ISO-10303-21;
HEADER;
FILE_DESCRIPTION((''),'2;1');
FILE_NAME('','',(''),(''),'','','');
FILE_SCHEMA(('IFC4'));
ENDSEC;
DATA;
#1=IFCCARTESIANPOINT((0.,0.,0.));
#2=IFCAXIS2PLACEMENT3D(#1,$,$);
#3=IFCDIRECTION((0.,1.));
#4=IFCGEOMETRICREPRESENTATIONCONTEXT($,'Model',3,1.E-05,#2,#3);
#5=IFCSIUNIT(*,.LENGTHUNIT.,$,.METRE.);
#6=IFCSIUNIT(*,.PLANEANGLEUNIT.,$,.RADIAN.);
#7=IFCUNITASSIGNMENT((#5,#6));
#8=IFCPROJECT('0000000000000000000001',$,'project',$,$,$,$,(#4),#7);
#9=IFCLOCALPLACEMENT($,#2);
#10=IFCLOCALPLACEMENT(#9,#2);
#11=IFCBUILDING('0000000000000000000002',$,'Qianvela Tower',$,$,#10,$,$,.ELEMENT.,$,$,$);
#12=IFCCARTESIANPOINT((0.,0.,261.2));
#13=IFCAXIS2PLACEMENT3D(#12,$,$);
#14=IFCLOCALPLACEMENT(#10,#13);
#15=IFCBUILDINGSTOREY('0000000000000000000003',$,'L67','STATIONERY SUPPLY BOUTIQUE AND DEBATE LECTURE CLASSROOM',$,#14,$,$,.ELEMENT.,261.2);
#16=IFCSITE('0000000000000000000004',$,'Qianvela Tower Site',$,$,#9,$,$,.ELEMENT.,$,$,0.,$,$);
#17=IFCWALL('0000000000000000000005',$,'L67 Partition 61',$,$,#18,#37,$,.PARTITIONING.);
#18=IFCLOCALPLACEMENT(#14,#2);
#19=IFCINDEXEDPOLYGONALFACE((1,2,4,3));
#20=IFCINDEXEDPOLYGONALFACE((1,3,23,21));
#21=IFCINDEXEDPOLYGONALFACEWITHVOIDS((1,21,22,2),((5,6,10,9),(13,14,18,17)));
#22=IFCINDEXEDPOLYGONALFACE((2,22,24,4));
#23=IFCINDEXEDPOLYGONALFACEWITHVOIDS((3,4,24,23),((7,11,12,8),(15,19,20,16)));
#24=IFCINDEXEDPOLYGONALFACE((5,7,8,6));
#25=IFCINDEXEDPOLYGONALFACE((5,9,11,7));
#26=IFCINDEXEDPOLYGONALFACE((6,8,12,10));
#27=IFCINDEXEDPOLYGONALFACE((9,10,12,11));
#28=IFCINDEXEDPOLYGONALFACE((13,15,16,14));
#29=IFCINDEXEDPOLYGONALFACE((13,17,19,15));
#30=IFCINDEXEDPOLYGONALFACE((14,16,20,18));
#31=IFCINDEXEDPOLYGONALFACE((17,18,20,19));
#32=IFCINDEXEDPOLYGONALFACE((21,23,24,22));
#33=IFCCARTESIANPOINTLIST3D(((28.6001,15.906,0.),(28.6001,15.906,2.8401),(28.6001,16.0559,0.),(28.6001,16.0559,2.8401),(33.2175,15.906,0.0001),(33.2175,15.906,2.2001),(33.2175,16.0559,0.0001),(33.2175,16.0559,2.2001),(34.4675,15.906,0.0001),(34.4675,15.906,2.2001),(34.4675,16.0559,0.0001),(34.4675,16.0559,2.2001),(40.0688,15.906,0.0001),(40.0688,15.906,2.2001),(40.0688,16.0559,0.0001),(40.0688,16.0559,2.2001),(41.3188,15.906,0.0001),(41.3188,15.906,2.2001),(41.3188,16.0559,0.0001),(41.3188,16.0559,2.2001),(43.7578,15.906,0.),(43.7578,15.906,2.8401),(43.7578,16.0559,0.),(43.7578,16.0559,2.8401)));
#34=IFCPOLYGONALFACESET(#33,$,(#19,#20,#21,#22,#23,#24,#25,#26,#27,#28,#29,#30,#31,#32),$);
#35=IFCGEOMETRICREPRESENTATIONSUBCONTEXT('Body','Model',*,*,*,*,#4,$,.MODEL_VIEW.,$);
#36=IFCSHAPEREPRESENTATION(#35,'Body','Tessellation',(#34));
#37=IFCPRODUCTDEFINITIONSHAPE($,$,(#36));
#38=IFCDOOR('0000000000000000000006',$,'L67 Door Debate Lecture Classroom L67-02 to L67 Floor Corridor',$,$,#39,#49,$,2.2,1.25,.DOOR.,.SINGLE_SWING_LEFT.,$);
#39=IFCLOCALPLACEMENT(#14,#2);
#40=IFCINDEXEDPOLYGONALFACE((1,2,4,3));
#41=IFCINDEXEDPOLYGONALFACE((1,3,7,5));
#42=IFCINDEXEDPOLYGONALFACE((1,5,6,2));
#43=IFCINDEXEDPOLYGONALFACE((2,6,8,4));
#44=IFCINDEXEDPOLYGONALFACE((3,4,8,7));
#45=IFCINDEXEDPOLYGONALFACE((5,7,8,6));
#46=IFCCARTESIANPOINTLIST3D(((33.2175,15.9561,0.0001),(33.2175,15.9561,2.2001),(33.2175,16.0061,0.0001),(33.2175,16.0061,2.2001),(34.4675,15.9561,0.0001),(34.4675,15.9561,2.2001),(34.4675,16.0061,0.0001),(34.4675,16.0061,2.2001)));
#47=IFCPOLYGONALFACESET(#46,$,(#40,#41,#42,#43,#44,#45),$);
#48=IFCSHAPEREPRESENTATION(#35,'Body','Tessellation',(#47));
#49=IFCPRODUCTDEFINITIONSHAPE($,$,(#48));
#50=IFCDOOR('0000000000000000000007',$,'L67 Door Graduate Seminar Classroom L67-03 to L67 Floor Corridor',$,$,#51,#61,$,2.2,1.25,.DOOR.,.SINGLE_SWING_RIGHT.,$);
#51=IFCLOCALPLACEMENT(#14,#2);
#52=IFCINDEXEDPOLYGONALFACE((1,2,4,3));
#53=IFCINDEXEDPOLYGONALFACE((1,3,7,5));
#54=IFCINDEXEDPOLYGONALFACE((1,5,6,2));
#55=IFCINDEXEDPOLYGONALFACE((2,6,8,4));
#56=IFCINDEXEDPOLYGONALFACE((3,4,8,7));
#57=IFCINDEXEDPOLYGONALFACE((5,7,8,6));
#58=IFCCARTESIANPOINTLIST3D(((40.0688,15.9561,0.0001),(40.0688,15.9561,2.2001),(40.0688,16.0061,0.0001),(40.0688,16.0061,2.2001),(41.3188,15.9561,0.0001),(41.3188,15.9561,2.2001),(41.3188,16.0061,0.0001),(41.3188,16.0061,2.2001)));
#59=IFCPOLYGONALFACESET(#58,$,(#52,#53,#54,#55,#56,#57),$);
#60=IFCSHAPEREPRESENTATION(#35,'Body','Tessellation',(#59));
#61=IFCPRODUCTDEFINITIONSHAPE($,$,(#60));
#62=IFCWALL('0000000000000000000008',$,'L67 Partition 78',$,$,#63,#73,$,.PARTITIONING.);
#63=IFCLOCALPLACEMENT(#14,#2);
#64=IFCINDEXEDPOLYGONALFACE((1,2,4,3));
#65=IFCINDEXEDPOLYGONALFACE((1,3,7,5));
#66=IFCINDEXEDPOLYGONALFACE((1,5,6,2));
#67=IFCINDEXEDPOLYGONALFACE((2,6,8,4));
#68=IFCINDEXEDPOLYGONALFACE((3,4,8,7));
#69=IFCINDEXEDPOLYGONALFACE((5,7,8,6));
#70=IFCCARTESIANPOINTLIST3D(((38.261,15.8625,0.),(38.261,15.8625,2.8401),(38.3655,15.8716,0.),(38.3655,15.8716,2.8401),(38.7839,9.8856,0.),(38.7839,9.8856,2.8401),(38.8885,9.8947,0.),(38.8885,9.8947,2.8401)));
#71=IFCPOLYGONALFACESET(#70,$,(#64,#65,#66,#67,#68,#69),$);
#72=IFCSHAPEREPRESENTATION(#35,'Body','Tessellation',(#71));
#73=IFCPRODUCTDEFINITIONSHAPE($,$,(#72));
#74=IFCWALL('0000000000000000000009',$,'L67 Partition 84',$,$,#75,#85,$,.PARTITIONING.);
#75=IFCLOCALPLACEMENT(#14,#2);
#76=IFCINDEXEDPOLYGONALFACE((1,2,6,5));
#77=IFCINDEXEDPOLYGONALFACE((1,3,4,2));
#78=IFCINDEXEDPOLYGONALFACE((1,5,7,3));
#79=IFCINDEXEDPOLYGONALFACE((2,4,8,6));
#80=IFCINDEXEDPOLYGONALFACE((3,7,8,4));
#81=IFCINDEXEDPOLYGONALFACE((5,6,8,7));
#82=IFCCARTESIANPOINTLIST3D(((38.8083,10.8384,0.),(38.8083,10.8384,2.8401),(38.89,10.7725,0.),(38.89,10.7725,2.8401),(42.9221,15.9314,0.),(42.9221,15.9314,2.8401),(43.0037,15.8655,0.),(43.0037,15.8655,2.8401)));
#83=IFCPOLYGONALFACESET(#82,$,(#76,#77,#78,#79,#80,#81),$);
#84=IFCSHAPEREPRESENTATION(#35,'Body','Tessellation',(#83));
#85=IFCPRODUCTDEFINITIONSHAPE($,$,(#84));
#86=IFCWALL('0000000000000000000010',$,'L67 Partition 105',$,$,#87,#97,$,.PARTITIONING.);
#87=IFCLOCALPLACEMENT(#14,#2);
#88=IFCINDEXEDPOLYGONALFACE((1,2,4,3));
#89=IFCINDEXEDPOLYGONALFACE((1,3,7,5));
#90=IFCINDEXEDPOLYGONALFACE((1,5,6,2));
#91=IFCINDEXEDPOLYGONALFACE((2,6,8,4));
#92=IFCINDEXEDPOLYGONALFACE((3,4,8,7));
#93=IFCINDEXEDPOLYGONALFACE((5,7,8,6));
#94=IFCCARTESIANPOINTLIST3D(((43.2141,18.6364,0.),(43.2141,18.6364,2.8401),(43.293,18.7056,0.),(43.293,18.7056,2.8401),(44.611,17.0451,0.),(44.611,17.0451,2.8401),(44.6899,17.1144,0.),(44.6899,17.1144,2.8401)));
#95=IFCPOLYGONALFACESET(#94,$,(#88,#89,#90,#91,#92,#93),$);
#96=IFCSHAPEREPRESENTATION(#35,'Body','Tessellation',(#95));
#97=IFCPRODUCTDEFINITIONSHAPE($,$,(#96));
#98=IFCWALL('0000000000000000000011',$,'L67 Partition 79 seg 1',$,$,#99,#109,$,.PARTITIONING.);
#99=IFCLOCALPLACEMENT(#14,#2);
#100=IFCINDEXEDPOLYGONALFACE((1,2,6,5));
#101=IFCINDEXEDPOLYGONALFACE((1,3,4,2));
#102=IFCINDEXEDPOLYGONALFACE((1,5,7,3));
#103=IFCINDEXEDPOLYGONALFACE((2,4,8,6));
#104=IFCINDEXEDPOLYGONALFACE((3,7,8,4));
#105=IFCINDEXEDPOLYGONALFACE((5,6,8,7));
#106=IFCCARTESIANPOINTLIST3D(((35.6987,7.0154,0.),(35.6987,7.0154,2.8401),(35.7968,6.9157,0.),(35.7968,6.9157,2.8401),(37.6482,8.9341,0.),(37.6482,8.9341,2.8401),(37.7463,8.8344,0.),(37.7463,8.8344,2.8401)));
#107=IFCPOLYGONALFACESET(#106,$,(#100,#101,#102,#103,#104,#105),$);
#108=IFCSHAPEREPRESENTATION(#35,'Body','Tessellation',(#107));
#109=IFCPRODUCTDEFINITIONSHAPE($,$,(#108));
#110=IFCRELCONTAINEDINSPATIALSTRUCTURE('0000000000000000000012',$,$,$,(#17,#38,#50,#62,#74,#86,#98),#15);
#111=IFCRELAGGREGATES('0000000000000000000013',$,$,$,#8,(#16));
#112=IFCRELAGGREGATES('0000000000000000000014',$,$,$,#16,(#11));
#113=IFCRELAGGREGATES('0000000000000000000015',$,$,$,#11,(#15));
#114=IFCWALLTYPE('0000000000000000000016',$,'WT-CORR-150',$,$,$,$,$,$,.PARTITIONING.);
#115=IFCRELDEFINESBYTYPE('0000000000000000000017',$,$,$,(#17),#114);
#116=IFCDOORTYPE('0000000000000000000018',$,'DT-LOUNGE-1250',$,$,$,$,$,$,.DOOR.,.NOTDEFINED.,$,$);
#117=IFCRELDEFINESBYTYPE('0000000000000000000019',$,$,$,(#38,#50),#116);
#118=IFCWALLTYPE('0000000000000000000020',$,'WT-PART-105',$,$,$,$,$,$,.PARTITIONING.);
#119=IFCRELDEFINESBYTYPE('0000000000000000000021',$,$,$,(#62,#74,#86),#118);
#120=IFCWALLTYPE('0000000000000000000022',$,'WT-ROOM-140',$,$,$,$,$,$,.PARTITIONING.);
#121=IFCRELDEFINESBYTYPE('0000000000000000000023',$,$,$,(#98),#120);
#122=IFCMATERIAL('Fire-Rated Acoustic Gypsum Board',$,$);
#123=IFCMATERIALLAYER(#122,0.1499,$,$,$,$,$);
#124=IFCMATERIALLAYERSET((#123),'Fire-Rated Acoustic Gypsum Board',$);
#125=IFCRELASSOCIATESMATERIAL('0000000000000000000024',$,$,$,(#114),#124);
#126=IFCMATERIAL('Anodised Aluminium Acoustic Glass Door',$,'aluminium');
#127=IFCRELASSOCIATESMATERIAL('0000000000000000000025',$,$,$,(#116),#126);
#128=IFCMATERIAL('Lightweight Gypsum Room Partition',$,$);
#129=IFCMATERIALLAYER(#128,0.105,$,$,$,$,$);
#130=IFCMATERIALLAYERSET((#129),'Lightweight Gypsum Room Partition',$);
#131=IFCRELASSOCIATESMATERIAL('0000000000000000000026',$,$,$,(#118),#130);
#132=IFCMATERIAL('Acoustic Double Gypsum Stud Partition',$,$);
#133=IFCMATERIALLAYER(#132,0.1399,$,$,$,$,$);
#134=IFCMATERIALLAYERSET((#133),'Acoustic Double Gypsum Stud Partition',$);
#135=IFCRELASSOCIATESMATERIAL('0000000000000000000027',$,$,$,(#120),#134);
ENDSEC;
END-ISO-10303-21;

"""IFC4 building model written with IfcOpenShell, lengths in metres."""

from ifc_helpers import new_model, si_unit, direction, frame, frame_2d, origin, place, context, subcontext, project, spatial, rectangle, extrude, material, layer, layer_set, type_object, element, fill, save


model = new_model("IFC4")

# Units and contexts
model_context = context("Model", 3, precision=1e-05, world=origin(), true_north=direction((0.0, 1.0)))
body_context = subcontext(model_context, "Body", "Model", "MODEL_VIEW")
ifc_project = project(units=[si_unit("LENGTHUNIT", "METRE"), si_unit("PLANEANGLEUNIT", "RADIAN")], contexts=[model_context])

# Site, building, storey
site_placement = place(None, origin())
site = spatial("IfcSite", under=ifc_project, at=site_placement, Name="Qianvela Tower Site", CompositionType="ELEMENT", RefElevation=0.0)
building_placement = place(site_placement, origin())
building = spatial("IfcBuilding", under=site, at=building_placement, Name="Qianvela Tower", CompositionType="ELEMENT")
storey_placement = place(building_placement, frame((0.0, 0.0, 261.2)))
storey = spatial("IfcBuildingStorey", under=building, at=storey_placement, Name="L67", Description="STATIONERY SUPPLY BOUTIQUE AND DEBATE LECTURE CLASSROOM", CompositionType="ELEMENT", Elevation=261.2)

# Shared definitions
ifc_material_1 = material(Name="Fire-Rated Acoustic Gypsum Board")
ifc_layer_1 = layer(ifc_material_1, 0.1499)
ifc_layer_set_1 = layer_set([ifc_layer_1], Name="Fire-Rated Acoustic Gypsum Board")
wall_type_1 = type_object("IfcWallType", Name="WT-CORR-150", PredefinedType="PARTITIONING", material=ifc_layer_set_1)

# Wall, openings, doors
wall_1_placement = place(storey_placement, frame((43.7578, 15.981, 0.0), z_axis=(0.0, 0.0, 1.0), x_axis=(-1.0, 0.0, 0.0)))
wall_1 = element("IfcWall", 1, at=wall_1_placement, inside=storey, type_object=wall_type_1, Name="L67 Partition 61", PredefinedType="PARTITIONING", context=body_context, shape_type="SweptSolid", body=[
    extrude(rectangle(XDim=15.1577, YDim=0.1499, at=frame_2d((7.5789, 0.0))), origin(), (0.0, 0.0, 1.0), 2.8401),
])
opening_1_placement = place(wall_1_placement, frame((9.2903, 0.0, 0.0)))
opening_1 = element("IfcOpeningElement", 2, at=opening_1_placement, cuts=wall_1, PredefinedType="OPENING", context=body_context, shape_type="SweptSolid", body=[
    extrude(rectangle(XDim=1.25, YDim=2.2, at=frame_2d((0.625, 1.1001))), frame((0.0, 0.085, 0.0), z_axis=(0.0, -1.0, 0.0), x_axis=(1.0, 0.0, 0.0)), (0.0, 0.0, 1.0), 0.1699),
])
opening_2_placement = place(wall_1_placement, frame((2.439, 0.0, 0.0)))
opening_2 = element("IfcOpeningElement", 3, at=opening_2_placement, cuts=wall_1, PredefinedType="OPENING", context=body_context, shape_type="SweptSolid", body=[
    extrude(rectangle(XDim=1.25, YDim=2.2, at=frame_2d((0.625, 1.1001))), frame((0.0, 0.085, 0.0), z_axis=(0.0, -1.0, 0.0), x_axis=(1.0, 0.0, 0.0)), (0.0, 0.0, 1.0), 0.1699),
])
ifc_material_2 = material(Name="Anodised Aluminium Acoustic Glass Door", Category="aluminium")
door_type_1 = type_object("IfcDoorType", Name="DT-LOUNGE-1250", OperationType="NOTDEFINED", PredefinedType="DOOR", material=ifc_material_2)
door_1_placement = place(opening_1_placement, origin())
door_1 = element("IfcDoor", 4, at=door_1_placement, inside=storey, type_object=door_type_1, Name="L67 Door Debate Lecture Classroom L67-02 to L67 Floor Corridor", OperationType="SINGLE_SWING_LEFT", OverallHeight=2.2, OverallWidth=1.25, PredefinedType="DOOR", context=body_context, shape_type="SweptSolid", body=[
    extrude(rectangle(XDim=1.25, YDim=2.2, at=frame_2d((0.625, 1.1001))), frame((0.0, 0.0249, 0.0), z_axis=(0.0, -1.0, 0.0), x_axis=(1.0, 0.0, 0.0)), (0.0, 0.0, 1.0), 0.05),
])
fill(opening_1, door_1)
door_2_placement = place(opening_2_placement, origin())
door_2 = element("IfcDoor", 5, at=door_2_placement, inside=storey, type_object=door_type_1, Name="L67 Door Graduate Seminar Classroom L67-03 to L67 Floor Corridor", OperationType="SINGLE_SWING_RIGHT", OverallHeight=2.2, OverallWidth=1.25, PredefinedType="DOOR", context=body_context, shape_type="SweptSolid", body=[
    extrude(rectangle(XDim=1.25, YDim=2.2, at=frame_2d((0.625, 1.1001))), frame((0.0, 0.0249, 0.0), z_axis=(0.0, -1.0, 0.0), x_axis=(1.0, 0.0, 0.0)), (0.0, 0.0, 1.0), 0.05),
])
fill(opening_2, door_2)

# Walls
ifc_material_3 = material(Name="Lightweight Gypsum Room Partition")
ifc_layer_2 = layer(ifc_material_3, 0.105)
ifc_layer_set_2 = layer_set([ifc_layer_2], Name="Lightweight Gypsum Room Partition")
wall_type_2 = type_object("IfcWallType", Name="WT-PART-105", PredefinedType="PARTITIONING", material=ifc_layer_set_2)
wall_2_placement = place(storey_placement, frame((38.3132, 15.8672, 0.0), z_axis=(0.0, 0.0, 1.0), x_axis=(0.087163, -0.996194, 0.0)))
element("IfcWall", 6, at=wall_2_placement, inside=storey, type_object=wall_type_2, Name="L67 Partition 78", PredefinedType="PARTITIONING", context=body_context, shape_type="SweptSolid", body=[
    extrude(rectangle(XDim=5.9998, YDim=0.105, at=frame_2d((3.0, 0.0))), origin(), (0.0, 0.0, 1.0), 2.8401),
])
wall_3_placement = place(storey_placement, frame((42.9629, 15.8984, 0.0), z_axis=(0.0, 0.0, 1.0), x_axis=(-0.628354, -0.777928, 0.0)))
element("IfcWall", 7, at=wall_3_placement, inside=storey, type_object=wall_type_2, Name="L67 Partition 84", PredefinedType="PARTITIONING", context=body_context, shape_type="SweptSolid", body=[
    extrude(rectangle(XDim=6.5469, YDim=0.105, at=frame_2d((3.2734, 0.0))), origin(), (0.0, 0.0, 1.0), 2.8401),
])
wall_4_placement = place(storey_placement, frame((44.6504, 17.0798, 0.0), z_axis=(0.0, 0.0, 1.0), x_axis=(-0.659728, 0.751504, 0.0)))
element("IfcWall", 8, at=wall_4_placement, inside=storey, type_object=wall_type_2, Name="L67 Partition 105", PredefinedType="PARTITIONING", context=body_context, shape_type="SweptSolid", body=[
    extrude(rectangle(XDim=2.1174, YDim=0.105, at=frame_2d((1.0586, 0.0))), origin(), (0.0, 0.0, 1.0), 2.8401),
])
ifc_material_4 = material(Name="Acoustic Double Gypsum Stud Partition")
ifc_layer_3 = layer(ifc_material_4, 0.1399)
ifc_layer_set_3 = layer_set([ifc_layer_3], Name="Acoustic Double Gypsum Stud Partition")
wall_type_3 = type_object("IfcWallType", Name="WT-ROOM-140", PredefinedType="PARTITIONING", material=ifc_layer_set_3)
wall_5_placement = place(storey_placement, frame((37.6973, 8.8843, 0.0), z_axis=(0.0, 0.0, 1.0), x_axis=(-0.712708, -0.701461, 0.0)))
element("IfcWall", 9, at=wall_5_placement, inside=storey, type_object=wall_type_3, Name="L67 Partition 79 seg 1", PredefinedType="PARTITIONING", context=body_context, shape_type="SweptSolid", body=[
    extrude(rectangle(XDim=2.7354, YDim=0.1399, at=frame_2d((1.3677, 0.0))), origin(), (0.0, 0.0, 1.0), 2.8401),
])

save(model, "model.ifc")
